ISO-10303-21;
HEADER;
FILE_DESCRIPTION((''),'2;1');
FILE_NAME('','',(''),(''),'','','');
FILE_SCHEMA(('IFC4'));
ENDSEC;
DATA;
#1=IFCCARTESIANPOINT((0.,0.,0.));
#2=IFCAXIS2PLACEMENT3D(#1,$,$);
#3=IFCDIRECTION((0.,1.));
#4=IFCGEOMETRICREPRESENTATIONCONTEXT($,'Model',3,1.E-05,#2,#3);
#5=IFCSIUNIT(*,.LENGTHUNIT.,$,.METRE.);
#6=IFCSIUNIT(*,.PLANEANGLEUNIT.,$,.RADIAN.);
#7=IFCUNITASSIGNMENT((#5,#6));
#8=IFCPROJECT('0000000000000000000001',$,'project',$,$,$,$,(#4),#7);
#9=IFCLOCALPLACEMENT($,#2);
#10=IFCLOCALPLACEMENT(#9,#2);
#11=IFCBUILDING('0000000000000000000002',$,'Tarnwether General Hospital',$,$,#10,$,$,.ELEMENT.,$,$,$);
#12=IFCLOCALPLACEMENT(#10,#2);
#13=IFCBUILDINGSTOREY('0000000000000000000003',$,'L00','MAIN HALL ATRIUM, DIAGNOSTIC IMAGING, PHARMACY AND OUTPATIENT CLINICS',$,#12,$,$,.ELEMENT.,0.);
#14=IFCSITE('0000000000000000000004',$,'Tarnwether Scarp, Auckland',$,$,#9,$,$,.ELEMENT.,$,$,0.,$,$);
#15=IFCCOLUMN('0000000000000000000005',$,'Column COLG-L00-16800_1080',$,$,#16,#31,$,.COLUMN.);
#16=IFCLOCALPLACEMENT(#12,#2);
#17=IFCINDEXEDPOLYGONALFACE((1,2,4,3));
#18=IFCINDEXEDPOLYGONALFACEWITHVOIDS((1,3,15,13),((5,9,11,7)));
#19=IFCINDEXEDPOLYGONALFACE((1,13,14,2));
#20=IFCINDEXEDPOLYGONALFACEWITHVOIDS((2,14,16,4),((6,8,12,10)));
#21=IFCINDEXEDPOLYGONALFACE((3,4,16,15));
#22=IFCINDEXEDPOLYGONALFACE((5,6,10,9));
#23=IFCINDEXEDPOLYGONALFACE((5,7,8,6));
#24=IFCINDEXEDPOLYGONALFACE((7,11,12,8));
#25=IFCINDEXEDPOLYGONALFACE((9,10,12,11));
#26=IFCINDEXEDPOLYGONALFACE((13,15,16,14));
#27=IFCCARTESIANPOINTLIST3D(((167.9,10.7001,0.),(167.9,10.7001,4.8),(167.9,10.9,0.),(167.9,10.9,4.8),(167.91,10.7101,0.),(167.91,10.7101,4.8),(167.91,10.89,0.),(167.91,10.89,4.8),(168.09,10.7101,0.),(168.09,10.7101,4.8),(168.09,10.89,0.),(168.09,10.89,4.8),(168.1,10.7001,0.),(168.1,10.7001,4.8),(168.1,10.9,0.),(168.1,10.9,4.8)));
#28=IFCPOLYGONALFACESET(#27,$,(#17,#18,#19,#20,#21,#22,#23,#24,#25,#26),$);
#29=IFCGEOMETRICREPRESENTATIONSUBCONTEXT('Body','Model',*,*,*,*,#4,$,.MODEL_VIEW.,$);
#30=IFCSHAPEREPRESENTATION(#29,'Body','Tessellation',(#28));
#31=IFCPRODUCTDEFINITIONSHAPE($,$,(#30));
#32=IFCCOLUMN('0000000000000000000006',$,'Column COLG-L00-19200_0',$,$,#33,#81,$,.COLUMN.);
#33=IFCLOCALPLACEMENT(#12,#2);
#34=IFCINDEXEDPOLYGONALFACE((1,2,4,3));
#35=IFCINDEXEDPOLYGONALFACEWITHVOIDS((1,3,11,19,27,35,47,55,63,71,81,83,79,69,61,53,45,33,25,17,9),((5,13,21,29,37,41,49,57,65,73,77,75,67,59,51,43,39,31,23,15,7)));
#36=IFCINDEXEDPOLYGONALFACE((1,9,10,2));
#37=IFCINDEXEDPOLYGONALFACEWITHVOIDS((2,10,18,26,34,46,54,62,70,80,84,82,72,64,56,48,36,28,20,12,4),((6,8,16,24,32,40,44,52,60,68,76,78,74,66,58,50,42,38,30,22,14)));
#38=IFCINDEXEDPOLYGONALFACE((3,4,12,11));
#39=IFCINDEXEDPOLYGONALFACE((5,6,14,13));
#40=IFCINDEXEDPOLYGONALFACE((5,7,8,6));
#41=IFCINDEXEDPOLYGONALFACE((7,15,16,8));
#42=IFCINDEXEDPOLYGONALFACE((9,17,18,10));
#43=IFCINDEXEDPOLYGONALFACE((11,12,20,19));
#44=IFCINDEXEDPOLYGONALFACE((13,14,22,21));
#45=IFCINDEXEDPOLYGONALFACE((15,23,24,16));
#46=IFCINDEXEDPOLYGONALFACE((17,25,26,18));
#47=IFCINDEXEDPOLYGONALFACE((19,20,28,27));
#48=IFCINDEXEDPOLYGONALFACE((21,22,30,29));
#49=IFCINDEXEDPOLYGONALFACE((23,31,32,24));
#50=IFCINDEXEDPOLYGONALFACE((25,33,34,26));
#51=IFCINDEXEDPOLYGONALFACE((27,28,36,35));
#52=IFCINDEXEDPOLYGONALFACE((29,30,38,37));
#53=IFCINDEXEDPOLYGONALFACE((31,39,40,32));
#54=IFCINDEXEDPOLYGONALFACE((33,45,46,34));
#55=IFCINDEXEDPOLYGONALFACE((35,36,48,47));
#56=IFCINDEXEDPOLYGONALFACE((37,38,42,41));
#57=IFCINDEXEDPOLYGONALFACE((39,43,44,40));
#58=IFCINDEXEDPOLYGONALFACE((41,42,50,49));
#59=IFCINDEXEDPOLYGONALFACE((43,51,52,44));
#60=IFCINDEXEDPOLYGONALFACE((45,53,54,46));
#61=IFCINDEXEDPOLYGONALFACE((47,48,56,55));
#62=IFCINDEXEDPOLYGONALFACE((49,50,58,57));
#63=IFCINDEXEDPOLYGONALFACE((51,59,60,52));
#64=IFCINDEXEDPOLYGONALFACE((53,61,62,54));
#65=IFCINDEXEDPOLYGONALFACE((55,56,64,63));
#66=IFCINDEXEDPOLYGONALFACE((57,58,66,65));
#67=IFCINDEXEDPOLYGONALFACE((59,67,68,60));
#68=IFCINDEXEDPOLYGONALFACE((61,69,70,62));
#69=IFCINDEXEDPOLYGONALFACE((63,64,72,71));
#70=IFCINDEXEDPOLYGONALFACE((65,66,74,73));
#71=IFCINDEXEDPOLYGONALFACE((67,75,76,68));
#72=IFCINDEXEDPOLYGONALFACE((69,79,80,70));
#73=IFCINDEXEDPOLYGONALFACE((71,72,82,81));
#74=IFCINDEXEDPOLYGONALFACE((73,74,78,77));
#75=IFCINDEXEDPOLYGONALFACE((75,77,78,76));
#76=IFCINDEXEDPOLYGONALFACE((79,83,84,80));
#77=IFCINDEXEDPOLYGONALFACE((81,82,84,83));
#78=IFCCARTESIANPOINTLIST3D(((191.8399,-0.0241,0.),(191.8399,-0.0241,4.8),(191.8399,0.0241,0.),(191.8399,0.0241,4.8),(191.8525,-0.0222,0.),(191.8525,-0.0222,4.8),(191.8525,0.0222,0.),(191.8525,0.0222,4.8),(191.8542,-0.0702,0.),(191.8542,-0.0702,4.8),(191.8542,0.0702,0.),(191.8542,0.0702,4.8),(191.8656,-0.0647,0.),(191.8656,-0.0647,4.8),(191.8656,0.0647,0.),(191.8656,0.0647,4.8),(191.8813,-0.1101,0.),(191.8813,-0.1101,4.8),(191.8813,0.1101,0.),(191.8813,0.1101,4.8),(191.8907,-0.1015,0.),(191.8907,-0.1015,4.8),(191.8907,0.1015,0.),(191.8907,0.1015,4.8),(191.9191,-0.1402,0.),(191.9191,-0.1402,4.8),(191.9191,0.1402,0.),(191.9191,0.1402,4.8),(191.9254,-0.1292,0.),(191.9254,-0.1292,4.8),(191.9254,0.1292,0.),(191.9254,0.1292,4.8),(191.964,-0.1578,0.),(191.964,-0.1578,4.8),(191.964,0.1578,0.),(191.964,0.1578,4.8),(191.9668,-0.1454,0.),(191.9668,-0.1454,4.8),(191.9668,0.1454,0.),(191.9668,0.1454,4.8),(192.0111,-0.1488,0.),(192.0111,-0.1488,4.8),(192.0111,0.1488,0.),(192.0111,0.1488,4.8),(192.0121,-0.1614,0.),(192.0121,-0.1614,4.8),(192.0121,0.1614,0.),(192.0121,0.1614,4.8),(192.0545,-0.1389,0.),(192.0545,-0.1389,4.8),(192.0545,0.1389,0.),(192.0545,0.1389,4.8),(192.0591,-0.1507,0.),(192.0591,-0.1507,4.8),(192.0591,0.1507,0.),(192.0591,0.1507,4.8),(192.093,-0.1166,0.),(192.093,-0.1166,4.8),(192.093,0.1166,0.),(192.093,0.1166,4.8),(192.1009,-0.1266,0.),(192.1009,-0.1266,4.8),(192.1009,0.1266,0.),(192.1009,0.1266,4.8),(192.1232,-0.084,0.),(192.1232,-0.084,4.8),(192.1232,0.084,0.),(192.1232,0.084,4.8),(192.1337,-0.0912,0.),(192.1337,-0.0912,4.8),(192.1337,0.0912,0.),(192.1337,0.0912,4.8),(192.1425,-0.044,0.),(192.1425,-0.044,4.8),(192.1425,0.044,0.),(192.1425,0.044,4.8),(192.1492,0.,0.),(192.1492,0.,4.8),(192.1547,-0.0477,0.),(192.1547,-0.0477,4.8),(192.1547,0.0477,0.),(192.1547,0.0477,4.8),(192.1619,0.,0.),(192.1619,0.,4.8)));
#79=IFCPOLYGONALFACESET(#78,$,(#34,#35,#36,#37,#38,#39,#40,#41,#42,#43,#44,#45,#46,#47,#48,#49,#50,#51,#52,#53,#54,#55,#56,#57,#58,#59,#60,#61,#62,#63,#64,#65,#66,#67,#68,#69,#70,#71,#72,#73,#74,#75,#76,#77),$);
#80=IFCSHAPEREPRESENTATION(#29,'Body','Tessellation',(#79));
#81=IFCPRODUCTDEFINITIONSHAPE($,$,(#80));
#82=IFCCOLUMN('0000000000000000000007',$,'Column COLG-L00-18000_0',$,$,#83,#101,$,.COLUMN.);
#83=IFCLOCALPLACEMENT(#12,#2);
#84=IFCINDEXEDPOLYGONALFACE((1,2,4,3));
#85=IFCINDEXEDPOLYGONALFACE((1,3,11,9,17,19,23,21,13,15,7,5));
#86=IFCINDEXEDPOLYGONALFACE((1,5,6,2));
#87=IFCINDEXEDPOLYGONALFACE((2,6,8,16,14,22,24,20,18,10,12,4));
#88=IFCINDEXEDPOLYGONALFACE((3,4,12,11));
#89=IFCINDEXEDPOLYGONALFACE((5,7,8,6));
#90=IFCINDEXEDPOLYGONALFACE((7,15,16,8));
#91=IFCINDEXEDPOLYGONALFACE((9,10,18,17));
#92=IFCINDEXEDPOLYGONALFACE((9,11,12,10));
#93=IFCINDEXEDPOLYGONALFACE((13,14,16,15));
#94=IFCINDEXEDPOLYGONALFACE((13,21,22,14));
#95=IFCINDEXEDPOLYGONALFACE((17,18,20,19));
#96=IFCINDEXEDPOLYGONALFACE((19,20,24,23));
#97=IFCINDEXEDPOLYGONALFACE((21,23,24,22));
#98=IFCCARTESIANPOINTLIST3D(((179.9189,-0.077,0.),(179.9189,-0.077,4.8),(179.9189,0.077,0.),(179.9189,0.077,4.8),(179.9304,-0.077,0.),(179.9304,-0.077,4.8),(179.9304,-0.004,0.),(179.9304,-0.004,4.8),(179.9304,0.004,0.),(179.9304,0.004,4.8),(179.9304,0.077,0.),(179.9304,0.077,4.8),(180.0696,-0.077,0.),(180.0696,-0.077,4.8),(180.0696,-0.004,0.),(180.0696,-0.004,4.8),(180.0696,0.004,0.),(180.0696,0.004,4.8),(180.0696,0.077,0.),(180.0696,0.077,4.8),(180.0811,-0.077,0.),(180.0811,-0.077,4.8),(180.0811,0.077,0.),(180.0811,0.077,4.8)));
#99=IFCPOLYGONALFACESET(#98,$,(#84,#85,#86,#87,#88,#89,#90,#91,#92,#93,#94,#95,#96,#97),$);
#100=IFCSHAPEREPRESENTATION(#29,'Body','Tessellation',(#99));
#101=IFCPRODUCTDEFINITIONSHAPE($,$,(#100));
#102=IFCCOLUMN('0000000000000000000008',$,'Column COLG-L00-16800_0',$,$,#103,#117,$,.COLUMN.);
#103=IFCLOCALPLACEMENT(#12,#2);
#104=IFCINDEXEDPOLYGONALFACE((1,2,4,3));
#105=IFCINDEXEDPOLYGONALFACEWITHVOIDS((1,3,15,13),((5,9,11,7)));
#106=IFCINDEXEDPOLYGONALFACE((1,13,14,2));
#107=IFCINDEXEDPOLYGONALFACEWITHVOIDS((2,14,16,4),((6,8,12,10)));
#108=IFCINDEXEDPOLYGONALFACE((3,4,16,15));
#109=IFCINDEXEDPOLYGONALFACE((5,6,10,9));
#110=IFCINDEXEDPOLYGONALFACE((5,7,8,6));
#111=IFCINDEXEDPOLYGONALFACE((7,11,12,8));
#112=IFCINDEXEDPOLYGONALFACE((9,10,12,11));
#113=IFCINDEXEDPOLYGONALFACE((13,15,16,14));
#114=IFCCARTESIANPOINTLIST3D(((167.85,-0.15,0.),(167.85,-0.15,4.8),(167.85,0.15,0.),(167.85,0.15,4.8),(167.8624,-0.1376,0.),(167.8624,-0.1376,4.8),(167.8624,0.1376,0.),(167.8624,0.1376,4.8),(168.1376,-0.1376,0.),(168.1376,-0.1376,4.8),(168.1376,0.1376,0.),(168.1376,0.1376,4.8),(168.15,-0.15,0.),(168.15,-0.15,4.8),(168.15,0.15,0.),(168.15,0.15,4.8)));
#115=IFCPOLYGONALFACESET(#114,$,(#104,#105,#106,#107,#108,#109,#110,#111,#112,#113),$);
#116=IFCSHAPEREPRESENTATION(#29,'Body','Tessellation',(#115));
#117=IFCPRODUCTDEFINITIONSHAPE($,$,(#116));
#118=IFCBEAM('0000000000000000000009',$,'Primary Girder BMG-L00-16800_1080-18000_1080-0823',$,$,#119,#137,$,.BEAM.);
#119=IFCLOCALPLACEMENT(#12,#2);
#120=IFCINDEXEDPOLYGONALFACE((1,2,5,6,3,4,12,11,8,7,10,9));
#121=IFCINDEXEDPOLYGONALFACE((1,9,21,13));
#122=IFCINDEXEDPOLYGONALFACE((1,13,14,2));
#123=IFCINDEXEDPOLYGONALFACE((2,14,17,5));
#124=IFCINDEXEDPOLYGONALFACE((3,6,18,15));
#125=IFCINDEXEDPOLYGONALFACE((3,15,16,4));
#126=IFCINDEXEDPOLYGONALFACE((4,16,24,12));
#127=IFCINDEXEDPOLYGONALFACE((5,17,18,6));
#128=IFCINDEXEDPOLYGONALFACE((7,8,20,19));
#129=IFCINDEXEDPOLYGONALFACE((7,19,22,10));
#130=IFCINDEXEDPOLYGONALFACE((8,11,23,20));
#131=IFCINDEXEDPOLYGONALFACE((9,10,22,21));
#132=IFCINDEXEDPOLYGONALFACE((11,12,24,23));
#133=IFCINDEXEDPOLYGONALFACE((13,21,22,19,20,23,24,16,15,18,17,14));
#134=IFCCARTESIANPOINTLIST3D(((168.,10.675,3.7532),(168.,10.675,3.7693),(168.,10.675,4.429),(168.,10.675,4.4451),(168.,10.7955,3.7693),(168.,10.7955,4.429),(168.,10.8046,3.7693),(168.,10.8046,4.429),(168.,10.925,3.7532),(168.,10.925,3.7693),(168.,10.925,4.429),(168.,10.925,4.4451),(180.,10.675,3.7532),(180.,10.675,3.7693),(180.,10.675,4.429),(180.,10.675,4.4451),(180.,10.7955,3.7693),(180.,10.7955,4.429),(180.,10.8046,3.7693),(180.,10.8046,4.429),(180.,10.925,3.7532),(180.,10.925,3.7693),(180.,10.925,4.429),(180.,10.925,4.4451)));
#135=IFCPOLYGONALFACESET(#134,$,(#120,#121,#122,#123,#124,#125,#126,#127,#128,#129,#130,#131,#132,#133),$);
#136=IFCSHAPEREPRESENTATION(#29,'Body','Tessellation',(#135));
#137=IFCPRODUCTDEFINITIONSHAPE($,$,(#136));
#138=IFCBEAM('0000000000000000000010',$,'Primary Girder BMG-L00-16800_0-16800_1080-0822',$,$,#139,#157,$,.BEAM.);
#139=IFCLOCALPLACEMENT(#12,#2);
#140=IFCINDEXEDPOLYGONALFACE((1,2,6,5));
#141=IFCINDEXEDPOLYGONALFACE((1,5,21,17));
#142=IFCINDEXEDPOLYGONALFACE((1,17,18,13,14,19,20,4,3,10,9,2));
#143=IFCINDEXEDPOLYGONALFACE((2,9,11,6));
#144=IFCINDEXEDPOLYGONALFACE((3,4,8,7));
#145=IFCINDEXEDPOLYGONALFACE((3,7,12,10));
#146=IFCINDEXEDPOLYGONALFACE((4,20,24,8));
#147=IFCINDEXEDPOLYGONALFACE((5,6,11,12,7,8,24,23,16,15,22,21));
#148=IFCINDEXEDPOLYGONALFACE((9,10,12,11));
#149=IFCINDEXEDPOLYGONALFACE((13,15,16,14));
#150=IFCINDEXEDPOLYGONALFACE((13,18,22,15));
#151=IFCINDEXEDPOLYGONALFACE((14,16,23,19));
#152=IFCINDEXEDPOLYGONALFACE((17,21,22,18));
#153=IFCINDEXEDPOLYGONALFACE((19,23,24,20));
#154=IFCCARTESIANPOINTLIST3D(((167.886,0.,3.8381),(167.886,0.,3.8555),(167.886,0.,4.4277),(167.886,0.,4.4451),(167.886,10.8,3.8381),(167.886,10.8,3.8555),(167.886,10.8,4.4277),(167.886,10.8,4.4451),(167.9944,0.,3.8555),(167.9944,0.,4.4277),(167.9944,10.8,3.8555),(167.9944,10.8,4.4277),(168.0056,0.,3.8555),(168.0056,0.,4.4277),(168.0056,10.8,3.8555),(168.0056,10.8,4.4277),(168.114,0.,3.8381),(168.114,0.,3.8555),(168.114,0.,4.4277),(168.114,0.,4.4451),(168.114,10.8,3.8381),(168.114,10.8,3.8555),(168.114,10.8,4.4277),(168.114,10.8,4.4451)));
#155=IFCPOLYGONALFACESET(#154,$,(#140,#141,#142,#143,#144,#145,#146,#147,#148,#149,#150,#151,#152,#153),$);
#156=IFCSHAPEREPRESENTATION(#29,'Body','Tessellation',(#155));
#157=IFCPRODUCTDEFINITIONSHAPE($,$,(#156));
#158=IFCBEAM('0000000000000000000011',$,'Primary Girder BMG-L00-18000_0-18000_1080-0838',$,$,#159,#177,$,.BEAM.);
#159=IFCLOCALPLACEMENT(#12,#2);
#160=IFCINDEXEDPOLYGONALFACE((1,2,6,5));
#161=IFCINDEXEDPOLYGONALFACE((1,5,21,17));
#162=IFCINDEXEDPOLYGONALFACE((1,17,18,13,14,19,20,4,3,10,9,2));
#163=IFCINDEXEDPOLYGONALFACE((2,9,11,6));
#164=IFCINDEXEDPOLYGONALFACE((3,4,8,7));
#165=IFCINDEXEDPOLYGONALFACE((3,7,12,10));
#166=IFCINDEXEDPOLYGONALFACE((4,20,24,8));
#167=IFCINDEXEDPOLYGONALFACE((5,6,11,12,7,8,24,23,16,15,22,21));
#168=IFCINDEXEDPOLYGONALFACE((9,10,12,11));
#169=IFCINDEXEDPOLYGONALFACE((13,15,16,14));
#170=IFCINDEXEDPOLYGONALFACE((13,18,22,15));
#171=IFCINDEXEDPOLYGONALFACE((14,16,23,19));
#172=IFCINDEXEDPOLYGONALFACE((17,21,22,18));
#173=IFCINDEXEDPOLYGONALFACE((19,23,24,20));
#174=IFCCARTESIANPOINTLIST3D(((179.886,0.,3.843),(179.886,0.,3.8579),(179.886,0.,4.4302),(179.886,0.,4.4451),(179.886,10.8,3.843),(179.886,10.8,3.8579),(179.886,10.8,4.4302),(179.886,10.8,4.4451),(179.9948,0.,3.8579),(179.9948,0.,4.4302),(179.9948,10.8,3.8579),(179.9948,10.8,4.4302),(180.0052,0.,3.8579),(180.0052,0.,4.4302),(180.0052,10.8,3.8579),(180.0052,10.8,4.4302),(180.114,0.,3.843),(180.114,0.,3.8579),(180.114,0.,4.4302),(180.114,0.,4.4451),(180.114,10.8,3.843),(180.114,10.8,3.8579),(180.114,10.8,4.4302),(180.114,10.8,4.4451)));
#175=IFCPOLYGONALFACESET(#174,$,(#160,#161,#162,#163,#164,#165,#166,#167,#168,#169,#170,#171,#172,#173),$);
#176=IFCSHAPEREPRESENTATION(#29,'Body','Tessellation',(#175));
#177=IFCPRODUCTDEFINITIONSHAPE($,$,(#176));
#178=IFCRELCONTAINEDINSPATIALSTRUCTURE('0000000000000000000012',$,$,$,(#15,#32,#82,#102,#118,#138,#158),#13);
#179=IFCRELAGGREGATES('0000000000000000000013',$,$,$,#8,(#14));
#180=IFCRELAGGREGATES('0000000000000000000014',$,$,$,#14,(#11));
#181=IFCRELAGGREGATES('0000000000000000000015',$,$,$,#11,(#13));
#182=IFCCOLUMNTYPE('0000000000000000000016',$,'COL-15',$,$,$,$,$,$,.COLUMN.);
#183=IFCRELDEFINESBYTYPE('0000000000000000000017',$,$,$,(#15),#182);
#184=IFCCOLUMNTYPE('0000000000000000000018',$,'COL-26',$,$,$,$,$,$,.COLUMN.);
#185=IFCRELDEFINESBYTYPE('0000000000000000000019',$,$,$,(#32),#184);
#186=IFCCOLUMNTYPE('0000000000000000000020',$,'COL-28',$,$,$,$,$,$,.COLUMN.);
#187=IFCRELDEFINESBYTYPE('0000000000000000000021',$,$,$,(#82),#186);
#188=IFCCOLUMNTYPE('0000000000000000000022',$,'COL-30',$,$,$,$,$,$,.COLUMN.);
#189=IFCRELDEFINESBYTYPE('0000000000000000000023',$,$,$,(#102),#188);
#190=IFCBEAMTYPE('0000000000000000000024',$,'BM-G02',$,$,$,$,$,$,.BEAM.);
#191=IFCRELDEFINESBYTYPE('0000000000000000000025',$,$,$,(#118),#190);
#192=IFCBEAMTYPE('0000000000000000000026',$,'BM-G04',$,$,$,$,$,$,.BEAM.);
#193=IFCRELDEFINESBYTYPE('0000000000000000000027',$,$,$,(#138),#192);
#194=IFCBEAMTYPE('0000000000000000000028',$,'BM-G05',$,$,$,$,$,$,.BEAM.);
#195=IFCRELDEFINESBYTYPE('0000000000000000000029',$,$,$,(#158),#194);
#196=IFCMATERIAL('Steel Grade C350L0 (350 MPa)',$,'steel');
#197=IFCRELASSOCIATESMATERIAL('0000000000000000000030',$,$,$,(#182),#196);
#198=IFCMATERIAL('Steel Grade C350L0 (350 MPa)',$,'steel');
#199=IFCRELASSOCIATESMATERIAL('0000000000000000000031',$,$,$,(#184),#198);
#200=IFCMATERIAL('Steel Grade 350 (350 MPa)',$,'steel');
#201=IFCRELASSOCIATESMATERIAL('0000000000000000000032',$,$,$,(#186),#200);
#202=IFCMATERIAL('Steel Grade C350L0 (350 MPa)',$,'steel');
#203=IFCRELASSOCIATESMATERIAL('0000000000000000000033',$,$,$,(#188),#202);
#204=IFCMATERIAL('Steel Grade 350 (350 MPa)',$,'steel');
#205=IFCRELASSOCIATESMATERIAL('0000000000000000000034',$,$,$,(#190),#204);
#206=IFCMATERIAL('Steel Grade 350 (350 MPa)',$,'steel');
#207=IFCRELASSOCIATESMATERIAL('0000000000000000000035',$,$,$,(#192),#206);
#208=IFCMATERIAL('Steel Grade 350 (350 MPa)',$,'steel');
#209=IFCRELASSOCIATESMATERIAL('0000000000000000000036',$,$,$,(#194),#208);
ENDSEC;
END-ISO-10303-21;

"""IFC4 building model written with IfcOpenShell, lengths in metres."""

from ifc_helpers import new_model, si_unit, direction, frame, origin, origin_2d, place, context, subcontext, project, spatial, hollow_rectangle, hollow_circle, i_section, extrude, material, material_profile, profile_set, type_object, element, save


model = new_model("IFC4")

# Units and contexts
model_context = context("Model", 3, precision=1e-05, world=origin(), true_north=direction((0.0, 1.0)))
body_context = subcontext(model_context, "Body", "Model", "MODEL_VIEW")
ifc_project = project(units=[si_unit("LENGTHUNIT", "METRE"), si_unit("PLANEANGLEUNIT", "RADIAN")], contexts=[model_context])

# Site, building, storey
site_placement = place(None, origin())
site = spatial("IfcSite", under=ifc_project, at=site_placement, Name="Tarnwether Scarp, Auckland", CompositionType="ELEMENT", RefElevation=0.0)
building_placement = place(site_placement, origin())
building = spatial("IfcBuilding", under=site, at=building_placement, Name="Tarnwether General Hospital", CompositionType="ELEMENT")
storey_placement = place(building_placement, origin())
storey = spatial("IfcBuildingStorey", under=building, at=storey_placement, Name="L00", Description="MAIN HALL ATRIUM, DIAGNOSTIC IMAGING, PHARMACY AND OUTPATIENT CLINICS", CompositionType="ELEMENT", Elevation=0.0)

# Columns
ifc_material_1 = material(Name="Steel Grade C350L0 (350 MPa)", Category="steel")
ifc_material_profile_1 = material_profile(ifc_material_1, hollow_rectangle(XDim=0.2, YDim=0.2, WallThickness=0.01, at=origin_2d()), Name="SHS200x200x10")
ifc_profile_set_1 = profile_set([ifc_material_profile_1], Name="Steel Grade C350L0 (350 MPa)")
column_type_1 = type_object("IfcColumnType", Name="COL-15", PredefinedType="COLUMN", material=ifc_profile_set_1)
column_1_placement = place(storey_placement, frame((168.0, 10.8, 0.0), z_axis=(0.0, 0.0, 1.0), x_axis=(1.0, 0.0, 0.0)))
element("IfcColumn", 1, at=column_1_placement, inside=storey, type_object=column_type_1, Name="Column COLG-L00-16800_1080", PredefinedType="COLUMN", context=body_context, shape_type="SweptSolid", body=[
    extrude(hollow_rectangle(XDim=0.2, YDim=0.2, WallThickness=0.01, at=origin_2d()), origin(), (0.0, 0.0, 1.0), 4.8),
])
ifc_material_2 = material(Name="Steel Grade C350L0 (350 MPa)", Category="steel")
ifc_material_profile_2 = material_profile(ifc_material_2, hollow_circle(Radius=0.1619, WallThickness=0.0127, at=origin_2d()), Name="CHS323.9x12.7")
ifc_profile_set_2 = profile_set([ifc_material_profile_2], Name="Steel Grade C350L0 (350 MPa)")
column_type_2 = type_object("IfcColumnType", Name="COL-26", PredefinedType="COLUMN", material=ifc_profile_set_2)
column_2_placement = place(storey_placement, frame((192.0, 0.0, 0.0), z_axis=(0.0, 0.0, 1.0), x_axis=(1.0, 0.0, 0.0)))
element("IfcColumn", 2, at=column_2_placement, inside=storey, type_object=column_type_2, Name="Column COLG-L00-19200_0", PredefinedType="COLUMN", context=body_context, shape_type="SweptSolid", body=[
    extrude(hollow_circle(Radius=0.1619, WallThickness=0.0127, at=origin_2d()), origin(), (0.0, 0.0, 1.0), 4.8),
])
ifc_material_3 = material(Name="Steel Grade 350 (350 MPa)", Category="steel")
ifc_material_profile_3 = material_profile(ifc_material_3, i_section(OverallWidth=0.1541, OverallDepth=0.1621, WebThickness=0.0081, FlangeThickness=0.0115, at=origin_2d()), Name="150UC37.2")
ifc_profile_set_3 = profile_set([ifc_material_profile_3], Name="Steel Grade 350 (350 MPa)")
column_type_3 = type_object("IfcColumnType", Name="COL-28", PredefinedType="COLUMN", material=ifc_profile_set_3)
column_3_placement = place(storey_placement, frame((180.0, 0.0, 0.0), z_axis=(0.0, 0.0, 1.0), x_axis=(0.0, 1.0, 0.0)))
element("IfcColumn", 3, at=column_3_placement, inside=storey, type_object=column_type_3, Name="Column COLG-L00-18000_0", PredefinedType="COLUMN", context=body_context, shape_type="SweptSolid", body=[
    extrude(i_section(OverallWidth=0.1541, OverallDepth=0.1621, WebThickness=0.0081, FlangeThickness=0.0115, at=origin_2d()), origin(), (0.0, 0.0, 1.0), 4.8),
])
ifc_material_4 = material(Name="Steel Grade C350L0 (350 MPa)", Category="steel")
ifc_material_profile_4 = material_profile(ifc_material_4, hollow_rectangle(XDim=0.3, YDim=0.3, WallThickness=0.0125, at=origin_2d()), Name="SHS300x300x12.5")
ifc_profile_set_4 = profile_set([ifc_material_profile_4], Name="Steel Grade C350L0 (350 MPa)")
column_type_4 = type_object("IfcColumnType", Name="COL-30", PredefinedType="COLUMN", material=ifc_profile_set_4)
column_4_placement = place(storey_placement, frame((168.0, 0.0, 0.0), z_axis=(0.0, 0.0, 1.0), x_axis=(1.0, 0.0, 0.0)))
element("IfcColumn", 4, at=column_4_placement, inside=storey, type_object=column_type_4, Name="Column COLG-L00-16800_0", PredefinedType="COLUMN", context=body_context, shape_type="SweptSolid", body=[
    extrude(hollow_rectangle(XDim=0.3, YDim=0.3, WallThickness=0.0125, at=origin_2d()), origin(), (0.0, 0.0, 1.0), 4.8),
])

# Beams
ifc_material_5 = material(Name="Steel Grade 350 (350 MPa)", Category="steel")
ifc_material_profile_5 = material_profile(ifc_material_5, i_section(OverallWidth=0.25, OverallDepth=0.6919, WebThickness=0.009, FlangeThickness=0.0161, at=origin_2d()), Name="700WB115")
ifc_profile_set_5 = profile_set([ifc_material_profile_5], Name="Steel Grade 350 (350 MPa)")
beam_type_1 = type_object("IfcBeamType", Name="BM-G02", PredefinedType="BEAM", material=ifc_profile_set_5)
beam_1_placement = place(storey_placement, frame((168.0, 10.8, 4.0991), z_axis=(1.0, 0.0, 0.0), x_axis=(0.0, 1.0, 0.0)))
element("IfcBeam", 5, at=beam_1_placement, inside=storey, type_object=beam_type_1, Name="Primary Girder BMG-L00-16800_1080-18000_1080-0823", PredefinedType="BEAM", context=body_context, shape_type="SweptSolid", body=[
    extrude(i_section(OverallWidth=0.25, OverallDepth=0.6919, WebThickness=0.009, FlangeThickness=0.0161, at=origin_2d()), origin(), (0.0, 0.0, 1.0), 12.0),
])
ifc_material_6 = material(Name="Steel Grade 350 (350 MPa)", Category="steel")
ifc_material_profile_6 = material_profile(ifc_material_6, i_section(OverallWidth=0.228, OverallDepth=0.6069, WebThickness=0.0112, FlangeThickness=0.0173, at=origin_2d()), Name="610UB113")
ifc_profile_set_6 = profile_set([ifc_material_profile_6], Name="Steel Grade 350 (350 MPa)")
beam_type_2 = type_object("IfcBeamType", Name="BM-G04", PredefinedType="BEAM", material=ifc_profile_set_6)
beam_2_placement = place(storey_placement, frame((168.0, 0.0, 4.1416), z_axis=(0.0, 1.0, 0.0), x_axis=(-1.0, 0.0, 0.0)))
element("IfcBeam", 6, at=beam_2_placement, inside=storey, type_object=beam_type_2, Name="Primary Girder BMG-L00-16800_0-16800_1080-0822", PredefinedType="BEAM", context=body_context, shape_type="SweptSolid", body=[
    extrude(i_section(OverallWidth=0.228, OverallDepth=0.6069, WebThickness=0.0112, FlangeThickness=0.0173, at=origin_2d()), origin(), (0.0, 0.0, 1.0), 10.8),
])
ifc_material_7 = material(Name="Steel Grade 350 (350 MPa)", Category="steel")
ifc_material_profile_7 = material_profile(ifc_material_7, i_section(OverallWidth=0.228, OverallDepth=0.6021, WebThickness=0.0105, FlangeThickness=0.0149, at=origin_2d()), Name="610UB101")
ifc_profile_set_7 = profile_set([ifc_material_profile_7], Name="Steel Grade 350 (350 MPa)")
beam_type_3 = type_object("IfcBeamType", Name="BM-G05", PredefinedType="BEAM", material=ifc_profile_set_7)
beam_3_placement = place(storey_placement, frame((180.0, 0.0, 4.144), z_axis=(0.0, 1.0, 0.0), x_axis=(-1.0, 0.0, 0.0)))
element("IfcBeam", 7, at=beam_3_placement, inside=storey, type_object=beam_type_3, Name="Primary Girder BMG-L00-18000_0-18000_1080-0838", PredefinedType="BEAM", context=body_context, shape_type="SweptSolid", body=[
    extrude(i_section(OverallWidth=0.228, OverallDepth=0.6021, WebThickness=0.0105, FlangeThickness=0.0149, at=origin_2d()), origin(), (0.0, 0.0, 1.0), 10.8),
])

save(model, "model.ifc")
